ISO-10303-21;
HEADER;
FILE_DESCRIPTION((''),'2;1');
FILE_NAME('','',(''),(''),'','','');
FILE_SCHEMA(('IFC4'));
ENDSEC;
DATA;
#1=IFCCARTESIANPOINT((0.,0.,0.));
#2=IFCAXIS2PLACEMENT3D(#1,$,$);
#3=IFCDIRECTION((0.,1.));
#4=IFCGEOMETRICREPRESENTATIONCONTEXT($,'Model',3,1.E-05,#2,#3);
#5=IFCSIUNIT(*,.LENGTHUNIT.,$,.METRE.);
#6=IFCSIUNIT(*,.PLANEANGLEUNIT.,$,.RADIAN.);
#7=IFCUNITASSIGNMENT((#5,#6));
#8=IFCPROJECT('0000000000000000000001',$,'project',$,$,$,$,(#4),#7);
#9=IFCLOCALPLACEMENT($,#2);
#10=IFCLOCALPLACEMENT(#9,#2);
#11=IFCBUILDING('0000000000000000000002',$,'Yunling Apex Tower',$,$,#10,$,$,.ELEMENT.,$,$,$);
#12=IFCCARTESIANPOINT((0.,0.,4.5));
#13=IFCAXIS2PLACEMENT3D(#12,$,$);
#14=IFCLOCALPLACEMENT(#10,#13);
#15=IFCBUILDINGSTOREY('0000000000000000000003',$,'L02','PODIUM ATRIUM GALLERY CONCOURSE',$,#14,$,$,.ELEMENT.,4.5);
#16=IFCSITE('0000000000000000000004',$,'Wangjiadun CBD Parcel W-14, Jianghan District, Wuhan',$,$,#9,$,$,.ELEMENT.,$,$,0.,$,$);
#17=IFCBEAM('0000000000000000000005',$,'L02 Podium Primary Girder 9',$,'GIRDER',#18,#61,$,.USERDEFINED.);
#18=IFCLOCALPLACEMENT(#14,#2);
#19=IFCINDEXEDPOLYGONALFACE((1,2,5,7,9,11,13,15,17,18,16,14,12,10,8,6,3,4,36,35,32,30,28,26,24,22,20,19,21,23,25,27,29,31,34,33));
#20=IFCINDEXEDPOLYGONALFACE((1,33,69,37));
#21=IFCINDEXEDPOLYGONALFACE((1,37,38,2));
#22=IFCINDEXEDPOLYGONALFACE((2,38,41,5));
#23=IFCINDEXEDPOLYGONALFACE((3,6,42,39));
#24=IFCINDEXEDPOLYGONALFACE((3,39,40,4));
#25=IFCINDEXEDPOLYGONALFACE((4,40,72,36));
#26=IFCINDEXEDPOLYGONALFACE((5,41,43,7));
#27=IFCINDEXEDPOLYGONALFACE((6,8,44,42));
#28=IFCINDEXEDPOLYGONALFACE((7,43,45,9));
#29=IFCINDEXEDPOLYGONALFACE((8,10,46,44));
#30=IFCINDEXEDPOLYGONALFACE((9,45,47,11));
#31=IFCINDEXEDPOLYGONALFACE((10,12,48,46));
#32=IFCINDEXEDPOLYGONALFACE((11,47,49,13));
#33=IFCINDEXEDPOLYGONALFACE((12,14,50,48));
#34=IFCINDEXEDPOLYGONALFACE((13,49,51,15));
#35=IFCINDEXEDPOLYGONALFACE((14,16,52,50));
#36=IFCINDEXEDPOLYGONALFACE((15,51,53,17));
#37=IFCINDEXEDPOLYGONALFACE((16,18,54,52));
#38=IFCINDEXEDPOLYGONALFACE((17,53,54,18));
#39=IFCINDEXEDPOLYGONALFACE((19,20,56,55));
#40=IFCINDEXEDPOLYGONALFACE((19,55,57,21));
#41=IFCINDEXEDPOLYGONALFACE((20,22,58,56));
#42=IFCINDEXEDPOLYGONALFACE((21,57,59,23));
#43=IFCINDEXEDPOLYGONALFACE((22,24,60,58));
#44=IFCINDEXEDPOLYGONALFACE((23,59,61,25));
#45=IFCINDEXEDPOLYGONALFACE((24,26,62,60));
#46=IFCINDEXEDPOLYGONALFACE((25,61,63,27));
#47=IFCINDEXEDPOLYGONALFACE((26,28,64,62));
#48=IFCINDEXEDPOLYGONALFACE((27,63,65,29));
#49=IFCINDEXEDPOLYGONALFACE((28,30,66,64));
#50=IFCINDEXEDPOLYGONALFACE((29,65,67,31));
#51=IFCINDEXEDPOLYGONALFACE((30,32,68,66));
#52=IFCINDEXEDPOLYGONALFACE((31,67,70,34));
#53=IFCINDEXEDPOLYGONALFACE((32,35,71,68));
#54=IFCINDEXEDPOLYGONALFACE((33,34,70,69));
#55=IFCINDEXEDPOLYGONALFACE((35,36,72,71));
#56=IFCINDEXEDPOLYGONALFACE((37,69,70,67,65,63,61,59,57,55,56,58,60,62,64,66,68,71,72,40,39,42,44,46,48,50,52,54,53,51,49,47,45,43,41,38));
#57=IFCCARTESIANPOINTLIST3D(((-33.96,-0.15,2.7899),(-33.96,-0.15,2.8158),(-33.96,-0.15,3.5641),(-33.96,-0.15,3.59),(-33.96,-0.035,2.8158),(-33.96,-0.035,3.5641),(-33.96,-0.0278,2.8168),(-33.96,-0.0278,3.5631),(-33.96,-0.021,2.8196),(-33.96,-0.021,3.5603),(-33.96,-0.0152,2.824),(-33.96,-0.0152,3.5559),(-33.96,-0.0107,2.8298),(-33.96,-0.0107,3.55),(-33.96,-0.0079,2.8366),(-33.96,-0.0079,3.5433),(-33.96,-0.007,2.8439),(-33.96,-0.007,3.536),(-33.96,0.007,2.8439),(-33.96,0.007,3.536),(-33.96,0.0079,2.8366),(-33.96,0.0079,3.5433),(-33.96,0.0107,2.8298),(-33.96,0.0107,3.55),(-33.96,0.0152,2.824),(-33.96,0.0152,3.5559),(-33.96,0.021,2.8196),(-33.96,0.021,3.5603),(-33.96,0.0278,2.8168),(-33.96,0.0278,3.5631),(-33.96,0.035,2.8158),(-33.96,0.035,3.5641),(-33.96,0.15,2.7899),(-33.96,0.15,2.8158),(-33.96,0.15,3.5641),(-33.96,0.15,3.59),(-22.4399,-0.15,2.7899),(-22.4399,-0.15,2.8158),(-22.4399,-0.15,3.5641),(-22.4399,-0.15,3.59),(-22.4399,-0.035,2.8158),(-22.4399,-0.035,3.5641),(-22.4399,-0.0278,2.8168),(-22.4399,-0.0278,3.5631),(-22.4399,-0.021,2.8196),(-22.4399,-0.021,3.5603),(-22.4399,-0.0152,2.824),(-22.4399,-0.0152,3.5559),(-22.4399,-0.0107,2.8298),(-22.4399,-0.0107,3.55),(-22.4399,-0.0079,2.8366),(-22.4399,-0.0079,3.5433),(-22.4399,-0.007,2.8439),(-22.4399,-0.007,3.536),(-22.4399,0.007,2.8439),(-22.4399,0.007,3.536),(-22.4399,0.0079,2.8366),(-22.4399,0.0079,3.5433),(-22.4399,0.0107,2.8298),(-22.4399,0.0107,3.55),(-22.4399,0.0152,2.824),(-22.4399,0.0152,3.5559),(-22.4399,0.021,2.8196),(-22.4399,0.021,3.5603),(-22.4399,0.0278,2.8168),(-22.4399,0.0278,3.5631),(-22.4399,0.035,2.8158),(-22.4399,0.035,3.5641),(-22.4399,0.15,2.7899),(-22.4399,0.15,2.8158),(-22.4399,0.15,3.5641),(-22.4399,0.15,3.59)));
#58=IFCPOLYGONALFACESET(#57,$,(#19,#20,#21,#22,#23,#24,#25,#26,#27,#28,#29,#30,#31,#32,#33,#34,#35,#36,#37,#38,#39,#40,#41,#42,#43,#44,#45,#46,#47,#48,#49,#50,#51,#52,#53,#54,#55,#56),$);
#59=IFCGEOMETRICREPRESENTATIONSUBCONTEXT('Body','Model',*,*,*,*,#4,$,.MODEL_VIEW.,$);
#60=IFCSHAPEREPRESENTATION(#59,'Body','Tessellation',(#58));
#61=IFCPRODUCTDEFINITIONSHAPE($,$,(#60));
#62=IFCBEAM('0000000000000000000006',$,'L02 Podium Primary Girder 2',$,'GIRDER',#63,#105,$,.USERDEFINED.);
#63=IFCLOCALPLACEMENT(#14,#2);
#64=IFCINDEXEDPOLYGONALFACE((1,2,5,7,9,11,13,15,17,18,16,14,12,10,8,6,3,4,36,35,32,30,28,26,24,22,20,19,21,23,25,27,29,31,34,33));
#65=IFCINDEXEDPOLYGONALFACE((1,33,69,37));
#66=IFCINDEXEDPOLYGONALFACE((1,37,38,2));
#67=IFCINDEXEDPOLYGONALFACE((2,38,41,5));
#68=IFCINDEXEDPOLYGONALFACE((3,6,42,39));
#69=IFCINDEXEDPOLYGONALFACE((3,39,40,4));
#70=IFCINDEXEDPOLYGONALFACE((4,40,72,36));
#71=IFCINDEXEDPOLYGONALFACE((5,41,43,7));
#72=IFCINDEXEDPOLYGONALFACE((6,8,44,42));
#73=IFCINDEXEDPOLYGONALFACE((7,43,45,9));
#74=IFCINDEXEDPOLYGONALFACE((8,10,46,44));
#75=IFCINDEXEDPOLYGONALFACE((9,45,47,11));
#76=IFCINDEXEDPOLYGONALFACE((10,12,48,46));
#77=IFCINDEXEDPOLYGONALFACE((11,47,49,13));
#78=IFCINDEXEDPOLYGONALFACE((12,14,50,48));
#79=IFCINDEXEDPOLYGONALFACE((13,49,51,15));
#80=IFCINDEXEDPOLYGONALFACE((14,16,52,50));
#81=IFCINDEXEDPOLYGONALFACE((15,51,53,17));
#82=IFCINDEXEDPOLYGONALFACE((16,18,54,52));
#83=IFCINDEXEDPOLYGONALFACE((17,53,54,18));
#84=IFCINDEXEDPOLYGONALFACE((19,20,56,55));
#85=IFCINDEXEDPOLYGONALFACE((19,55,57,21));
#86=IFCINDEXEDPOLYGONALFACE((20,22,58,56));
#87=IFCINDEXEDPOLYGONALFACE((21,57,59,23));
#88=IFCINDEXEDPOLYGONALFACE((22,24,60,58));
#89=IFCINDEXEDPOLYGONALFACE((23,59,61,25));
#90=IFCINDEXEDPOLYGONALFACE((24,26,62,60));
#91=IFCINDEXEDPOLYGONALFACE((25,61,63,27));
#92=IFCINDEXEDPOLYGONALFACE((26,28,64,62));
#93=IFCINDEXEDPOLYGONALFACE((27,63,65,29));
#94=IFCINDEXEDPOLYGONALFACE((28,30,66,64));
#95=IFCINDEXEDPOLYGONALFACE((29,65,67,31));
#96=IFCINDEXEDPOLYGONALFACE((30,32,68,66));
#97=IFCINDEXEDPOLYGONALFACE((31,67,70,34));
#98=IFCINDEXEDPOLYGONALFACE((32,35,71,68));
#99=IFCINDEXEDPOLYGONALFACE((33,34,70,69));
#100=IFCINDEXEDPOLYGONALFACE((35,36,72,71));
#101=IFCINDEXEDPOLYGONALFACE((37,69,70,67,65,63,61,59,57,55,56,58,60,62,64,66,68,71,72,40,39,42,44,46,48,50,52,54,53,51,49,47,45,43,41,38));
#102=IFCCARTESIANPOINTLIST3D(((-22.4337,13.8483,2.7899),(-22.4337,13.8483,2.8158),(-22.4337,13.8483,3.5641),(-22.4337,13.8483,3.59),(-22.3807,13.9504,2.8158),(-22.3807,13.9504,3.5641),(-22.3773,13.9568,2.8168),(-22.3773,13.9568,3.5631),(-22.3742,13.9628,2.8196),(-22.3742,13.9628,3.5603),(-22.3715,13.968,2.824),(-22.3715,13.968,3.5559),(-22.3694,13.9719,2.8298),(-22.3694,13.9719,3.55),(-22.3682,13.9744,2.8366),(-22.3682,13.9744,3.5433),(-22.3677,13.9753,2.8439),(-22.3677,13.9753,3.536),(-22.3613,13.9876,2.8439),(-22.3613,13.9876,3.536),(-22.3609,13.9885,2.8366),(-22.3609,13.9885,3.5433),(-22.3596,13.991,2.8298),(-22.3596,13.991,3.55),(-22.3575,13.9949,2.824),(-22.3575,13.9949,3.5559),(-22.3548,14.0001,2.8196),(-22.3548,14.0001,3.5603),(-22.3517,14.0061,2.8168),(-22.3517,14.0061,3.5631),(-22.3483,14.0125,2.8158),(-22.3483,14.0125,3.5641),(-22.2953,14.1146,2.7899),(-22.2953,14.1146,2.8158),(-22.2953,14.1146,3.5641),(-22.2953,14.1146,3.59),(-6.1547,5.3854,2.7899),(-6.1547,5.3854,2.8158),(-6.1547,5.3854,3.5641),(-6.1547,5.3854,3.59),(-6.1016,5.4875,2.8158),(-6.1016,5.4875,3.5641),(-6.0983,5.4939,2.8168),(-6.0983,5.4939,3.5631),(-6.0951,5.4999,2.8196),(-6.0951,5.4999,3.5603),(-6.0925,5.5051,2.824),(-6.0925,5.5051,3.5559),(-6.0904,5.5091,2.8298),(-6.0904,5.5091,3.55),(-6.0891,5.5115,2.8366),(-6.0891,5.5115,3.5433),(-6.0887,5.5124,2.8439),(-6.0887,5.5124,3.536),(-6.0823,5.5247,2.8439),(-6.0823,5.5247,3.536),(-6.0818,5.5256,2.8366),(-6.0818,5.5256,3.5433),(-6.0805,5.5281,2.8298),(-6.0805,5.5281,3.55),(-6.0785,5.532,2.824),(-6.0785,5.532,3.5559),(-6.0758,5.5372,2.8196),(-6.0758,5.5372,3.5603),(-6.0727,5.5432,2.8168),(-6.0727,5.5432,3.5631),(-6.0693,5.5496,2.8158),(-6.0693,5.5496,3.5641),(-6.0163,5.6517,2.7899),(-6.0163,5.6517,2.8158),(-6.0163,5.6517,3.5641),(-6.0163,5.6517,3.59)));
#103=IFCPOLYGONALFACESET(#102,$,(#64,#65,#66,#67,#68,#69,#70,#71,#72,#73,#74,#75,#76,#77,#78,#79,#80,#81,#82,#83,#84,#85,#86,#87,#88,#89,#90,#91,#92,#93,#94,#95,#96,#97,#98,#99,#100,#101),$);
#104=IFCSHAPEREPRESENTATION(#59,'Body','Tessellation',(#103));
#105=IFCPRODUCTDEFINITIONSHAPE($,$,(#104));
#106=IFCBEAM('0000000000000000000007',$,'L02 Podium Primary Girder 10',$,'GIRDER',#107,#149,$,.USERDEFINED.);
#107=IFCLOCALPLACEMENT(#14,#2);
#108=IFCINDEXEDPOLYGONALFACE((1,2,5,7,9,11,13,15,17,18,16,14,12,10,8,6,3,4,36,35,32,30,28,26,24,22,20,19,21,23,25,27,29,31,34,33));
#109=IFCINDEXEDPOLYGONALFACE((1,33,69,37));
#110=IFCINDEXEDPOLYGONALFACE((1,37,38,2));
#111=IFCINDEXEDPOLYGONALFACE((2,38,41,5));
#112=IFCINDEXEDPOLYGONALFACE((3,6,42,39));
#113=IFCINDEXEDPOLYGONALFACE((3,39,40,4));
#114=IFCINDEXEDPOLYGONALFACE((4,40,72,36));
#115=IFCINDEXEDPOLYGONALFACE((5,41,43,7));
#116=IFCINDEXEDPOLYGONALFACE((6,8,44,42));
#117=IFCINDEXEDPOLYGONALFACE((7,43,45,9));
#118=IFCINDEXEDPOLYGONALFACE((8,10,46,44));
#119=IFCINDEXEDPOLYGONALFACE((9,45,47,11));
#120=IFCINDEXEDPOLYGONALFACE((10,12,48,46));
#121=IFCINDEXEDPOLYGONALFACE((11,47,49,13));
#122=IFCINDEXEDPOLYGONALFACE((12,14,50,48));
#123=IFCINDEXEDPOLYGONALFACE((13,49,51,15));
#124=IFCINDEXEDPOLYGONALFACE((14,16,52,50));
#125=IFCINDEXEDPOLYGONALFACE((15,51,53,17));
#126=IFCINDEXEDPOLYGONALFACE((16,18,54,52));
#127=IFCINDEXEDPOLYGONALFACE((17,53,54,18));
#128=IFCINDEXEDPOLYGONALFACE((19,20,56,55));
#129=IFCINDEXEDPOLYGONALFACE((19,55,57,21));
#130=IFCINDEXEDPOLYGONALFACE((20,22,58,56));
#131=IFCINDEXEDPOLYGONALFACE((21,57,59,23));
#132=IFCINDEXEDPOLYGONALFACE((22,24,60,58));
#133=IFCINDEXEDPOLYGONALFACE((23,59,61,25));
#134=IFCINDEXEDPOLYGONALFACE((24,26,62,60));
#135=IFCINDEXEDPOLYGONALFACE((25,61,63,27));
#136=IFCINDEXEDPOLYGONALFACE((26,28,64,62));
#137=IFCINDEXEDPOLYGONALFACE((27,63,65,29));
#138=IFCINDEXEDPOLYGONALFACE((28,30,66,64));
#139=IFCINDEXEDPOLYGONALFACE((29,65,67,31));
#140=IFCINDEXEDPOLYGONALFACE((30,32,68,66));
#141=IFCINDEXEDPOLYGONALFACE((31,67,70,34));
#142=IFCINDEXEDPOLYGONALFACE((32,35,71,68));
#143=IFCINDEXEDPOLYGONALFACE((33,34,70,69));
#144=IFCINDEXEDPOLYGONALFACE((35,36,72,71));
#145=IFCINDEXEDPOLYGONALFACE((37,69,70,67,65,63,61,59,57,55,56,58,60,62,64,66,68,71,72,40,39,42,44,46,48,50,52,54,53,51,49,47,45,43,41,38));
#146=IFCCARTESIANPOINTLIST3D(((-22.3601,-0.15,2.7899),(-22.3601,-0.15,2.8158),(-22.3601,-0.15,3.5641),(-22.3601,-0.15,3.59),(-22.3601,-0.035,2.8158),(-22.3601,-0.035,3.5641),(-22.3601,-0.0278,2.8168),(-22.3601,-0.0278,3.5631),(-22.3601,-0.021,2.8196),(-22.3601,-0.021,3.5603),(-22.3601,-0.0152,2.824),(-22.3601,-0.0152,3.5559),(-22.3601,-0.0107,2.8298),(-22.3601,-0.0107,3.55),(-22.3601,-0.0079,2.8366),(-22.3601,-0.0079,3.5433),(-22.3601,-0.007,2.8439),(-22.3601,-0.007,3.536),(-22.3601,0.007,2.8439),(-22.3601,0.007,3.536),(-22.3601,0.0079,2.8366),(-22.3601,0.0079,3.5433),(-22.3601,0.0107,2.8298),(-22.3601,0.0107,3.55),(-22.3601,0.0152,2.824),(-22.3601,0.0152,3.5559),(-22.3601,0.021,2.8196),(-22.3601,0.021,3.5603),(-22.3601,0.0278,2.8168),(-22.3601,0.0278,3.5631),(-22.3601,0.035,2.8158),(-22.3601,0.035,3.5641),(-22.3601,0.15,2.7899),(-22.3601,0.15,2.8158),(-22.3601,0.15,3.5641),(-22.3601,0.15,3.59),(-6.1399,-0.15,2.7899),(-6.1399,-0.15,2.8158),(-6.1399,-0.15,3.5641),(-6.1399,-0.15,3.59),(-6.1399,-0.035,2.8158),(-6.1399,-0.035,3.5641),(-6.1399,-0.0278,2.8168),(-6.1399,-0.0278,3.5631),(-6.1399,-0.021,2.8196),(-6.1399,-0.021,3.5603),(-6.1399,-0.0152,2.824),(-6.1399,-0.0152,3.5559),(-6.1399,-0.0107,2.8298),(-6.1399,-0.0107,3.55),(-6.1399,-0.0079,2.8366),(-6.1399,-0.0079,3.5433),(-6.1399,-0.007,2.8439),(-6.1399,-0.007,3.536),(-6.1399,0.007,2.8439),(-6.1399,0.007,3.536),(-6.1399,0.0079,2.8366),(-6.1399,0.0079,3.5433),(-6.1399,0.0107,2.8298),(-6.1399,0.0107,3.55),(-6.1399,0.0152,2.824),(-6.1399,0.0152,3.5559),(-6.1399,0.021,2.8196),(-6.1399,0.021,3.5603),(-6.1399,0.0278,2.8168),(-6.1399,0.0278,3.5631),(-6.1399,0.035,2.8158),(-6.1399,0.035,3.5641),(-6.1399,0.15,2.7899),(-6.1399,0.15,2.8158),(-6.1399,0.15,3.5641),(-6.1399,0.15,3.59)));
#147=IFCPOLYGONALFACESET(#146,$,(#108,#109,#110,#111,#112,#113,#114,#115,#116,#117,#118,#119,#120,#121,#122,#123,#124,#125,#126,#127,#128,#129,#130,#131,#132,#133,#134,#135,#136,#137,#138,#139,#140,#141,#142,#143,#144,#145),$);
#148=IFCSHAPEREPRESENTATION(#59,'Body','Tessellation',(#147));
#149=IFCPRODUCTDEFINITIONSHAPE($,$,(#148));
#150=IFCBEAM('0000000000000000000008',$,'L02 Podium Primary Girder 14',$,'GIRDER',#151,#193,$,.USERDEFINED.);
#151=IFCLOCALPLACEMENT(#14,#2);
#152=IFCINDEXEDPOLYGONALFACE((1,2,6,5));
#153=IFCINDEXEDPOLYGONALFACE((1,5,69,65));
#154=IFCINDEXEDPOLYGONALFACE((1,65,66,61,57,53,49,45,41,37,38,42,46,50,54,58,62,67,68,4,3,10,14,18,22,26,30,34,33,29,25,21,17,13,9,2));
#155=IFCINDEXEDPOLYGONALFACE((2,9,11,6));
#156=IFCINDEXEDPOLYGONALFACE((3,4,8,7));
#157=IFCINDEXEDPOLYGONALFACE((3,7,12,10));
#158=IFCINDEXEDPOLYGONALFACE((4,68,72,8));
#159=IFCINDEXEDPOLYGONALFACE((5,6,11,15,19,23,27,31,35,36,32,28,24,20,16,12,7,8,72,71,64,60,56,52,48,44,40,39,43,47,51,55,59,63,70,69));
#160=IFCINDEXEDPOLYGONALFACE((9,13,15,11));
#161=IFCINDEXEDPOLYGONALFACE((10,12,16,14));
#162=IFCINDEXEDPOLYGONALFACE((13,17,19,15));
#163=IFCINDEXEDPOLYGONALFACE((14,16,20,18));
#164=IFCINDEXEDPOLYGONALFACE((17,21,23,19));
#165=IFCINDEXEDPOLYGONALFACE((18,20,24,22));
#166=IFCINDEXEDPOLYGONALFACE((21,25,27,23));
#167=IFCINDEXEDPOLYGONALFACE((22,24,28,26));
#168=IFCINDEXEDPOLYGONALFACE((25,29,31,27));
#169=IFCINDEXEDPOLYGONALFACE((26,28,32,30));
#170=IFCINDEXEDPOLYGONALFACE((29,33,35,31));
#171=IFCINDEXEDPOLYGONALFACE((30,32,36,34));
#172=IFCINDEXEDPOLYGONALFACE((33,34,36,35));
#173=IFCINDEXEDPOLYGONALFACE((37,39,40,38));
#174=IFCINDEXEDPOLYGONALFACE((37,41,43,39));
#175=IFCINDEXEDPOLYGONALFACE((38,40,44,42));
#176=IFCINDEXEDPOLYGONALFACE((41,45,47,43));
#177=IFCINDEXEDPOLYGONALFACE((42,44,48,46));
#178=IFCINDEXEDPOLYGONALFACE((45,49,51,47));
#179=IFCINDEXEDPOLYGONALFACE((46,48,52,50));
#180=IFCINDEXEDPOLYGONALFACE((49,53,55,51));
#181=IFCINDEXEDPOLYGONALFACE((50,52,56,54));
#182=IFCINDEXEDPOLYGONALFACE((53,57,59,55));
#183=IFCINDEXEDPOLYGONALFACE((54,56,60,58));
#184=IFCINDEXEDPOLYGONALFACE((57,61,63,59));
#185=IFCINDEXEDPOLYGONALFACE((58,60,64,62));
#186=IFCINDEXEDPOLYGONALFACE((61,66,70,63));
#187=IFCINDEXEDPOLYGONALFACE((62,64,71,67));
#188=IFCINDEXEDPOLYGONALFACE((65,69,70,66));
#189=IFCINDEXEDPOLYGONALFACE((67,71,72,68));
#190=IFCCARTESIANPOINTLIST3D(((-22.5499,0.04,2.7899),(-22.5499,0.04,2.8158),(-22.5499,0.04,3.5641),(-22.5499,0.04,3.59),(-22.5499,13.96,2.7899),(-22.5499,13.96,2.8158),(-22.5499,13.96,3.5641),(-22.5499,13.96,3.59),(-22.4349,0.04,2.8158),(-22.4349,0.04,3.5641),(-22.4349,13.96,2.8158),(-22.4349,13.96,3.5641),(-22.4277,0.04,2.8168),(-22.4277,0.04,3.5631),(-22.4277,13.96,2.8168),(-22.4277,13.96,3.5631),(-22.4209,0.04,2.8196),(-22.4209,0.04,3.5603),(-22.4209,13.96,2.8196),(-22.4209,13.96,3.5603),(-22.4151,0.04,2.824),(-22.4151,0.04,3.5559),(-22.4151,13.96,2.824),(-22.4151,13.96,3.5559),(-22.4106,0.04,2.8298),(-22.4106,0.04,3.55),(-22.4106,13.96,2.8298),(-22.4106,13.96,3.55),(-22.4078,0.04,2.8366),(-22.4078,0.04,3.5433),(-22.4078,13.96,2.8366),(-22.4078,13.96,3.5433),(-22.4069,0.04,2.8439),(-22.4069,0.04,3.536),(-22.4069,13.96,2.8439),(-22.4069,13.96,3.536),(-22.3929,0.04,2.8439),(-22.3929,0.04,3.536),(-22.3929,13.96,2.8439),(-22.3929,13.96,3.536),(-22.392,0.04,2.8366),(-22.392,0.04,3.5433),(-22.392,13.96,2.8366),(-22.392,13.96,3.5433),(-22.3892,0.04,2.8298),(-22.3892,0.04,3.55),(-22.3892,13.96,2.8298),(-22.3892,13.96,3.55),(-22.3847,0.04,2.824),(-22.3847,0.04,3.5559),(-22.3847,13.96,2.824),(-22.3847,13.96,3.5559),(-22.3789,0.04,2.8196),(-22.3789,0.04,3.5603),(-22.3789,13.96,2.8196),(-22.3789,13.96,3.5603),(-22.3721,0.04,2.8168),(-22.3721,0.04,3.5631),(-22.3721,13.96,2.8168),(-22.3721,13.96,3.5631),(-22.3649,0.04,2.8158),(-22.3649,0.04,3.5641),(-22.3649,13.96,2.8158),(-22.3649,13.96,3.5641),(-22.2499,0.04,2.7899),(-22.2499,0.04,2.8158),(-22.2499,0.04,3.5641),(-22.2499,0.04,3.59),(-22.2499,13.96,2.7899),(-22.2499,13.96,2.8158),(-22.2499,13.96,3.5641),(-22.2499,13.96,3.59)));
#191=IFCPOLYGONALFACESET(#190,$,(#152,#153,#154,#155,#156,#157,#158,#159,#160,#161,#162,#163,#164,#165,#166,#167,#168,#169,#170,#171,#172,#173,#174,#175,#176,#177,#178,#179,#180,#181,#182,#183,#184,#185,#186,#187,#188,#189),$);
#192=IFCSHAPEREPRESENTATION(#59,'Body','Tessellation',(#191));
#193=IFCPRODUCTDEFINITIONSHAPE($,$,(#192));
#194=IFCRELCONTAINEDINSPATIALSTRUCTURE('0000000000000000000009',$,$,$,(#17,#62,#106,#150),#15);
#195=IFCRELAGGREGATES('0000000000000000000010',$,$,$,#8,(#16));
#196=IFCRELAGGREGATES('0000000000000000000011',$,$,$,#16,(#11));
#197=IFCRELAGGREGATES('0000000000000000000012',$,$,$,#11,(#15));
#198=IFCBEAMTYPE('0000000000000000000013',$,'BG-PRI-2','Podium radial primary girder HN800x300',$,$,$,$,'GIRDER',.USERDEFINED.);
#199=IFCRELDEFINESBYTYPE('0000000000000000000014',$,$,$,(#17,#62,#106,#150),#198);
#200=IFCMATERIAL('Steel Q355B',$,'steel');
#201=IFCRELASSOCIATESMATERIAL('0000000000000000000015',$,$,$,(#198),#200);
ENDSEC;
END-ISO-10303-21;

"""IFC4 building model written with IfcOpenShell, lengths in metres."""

from ifc_helpers import new_model, si_unit, direction, frame, origin, origin_2d, place, context, subcontext, project, spatial, i_section, extrude, source, transform, mapped, material, material_profile, profile_set, type_object, element, save


model = new_model("IFC4")

# Units and contexts
model_context = context("Model", 3, precision=1e-05, world=origin(), true_north=direction((0.0, 1.0)))
body_context = subcontext(model_context, "Body", "Model", "MODEL_VIEW")
ifc_project = project(units=[si_unit("LENGTHUNIT", "METRE"), si_unit("PLANEANGLEUNIT", "RADIAN")], contexts=[model_context])

# Site, building, storey
site_placement = place(None, origin())
site = spatial("IfcSite", under=ifc_project, at=site_placement, Name="Wangjiadun CBD Parcel W-14, Jianghan District, Wuhan", CompositionType="ELEMENT", RefElevation=0.0)
building_placement = place(site_placement, origin())
building = spatial("IfcBuilding", under=site, at=building_placement, Name="Yunling Apex Tower", CompositionType="ELEMENT")
storey_placement = place(building_placement, frame((0.0, 0.0, 4.5)))
storey = spatial("IfcBuildingStorey", under=building, at=storey_placement, Name="L02", Description="PODIUM ATRIUM GALLERY CONCOURSE", CompositionType="ELEMENT", Elevation=4.5)

# Beams
ifc_material_1 = material(Name="Steel Q355B", Category="steel")
ifc_material_profile_1 = material_profile(ifc_material_1, i_section(OverallWidth=0.3, OverallDepth=0.8, WebThickness=0.0139, FlangeThickness=0.0259, FilletRadius=0.0281, at=origin_2d()))
ifc_profile_set_1 = profile_set([ifc_material_profile_1], Name="Steel Q355B")
beam_type_1 = type_object("IfcBeamType", Name="BG-PRI-2", Description="Podium radial primary girder HN800x300", ElementType="GIRDER", PredefinedType="USERDEFINED", material=ifc_profile_set_1)
shared_shape_1 = source(origin(), body_context, "Body", "SweptSolid", [
    extrude(i_section(OverallWidth=0.3, OverallDepth=0.8, WebThickness=0.0139, FlangeThickness=0.0259, FilletRadius=0.0281, at=origin_2d()), origin(), (0.0, 0.0, 1.0), 11.52),
])
beam_1_placement = place(storey_placement, frame((-33.96, 0.0, 3.1899), z_axis=(1.0, 0.0, 0.0), x_axis=(0.0, 1.0, 0.0)))
element("IfcBeam", 1, at=beam_1_placement, inside=storey, type_object=beam_type_1, Name="L02 Podium Primary Girder 9", ObjectType="GIRDER", PredefinedType="USERDEFINED", context=body_context, shape_type="MappedRepresentation", body=[
    mapped(shared_shape_1, transform((0.0, 0.0, 0.0), scale=1.0)),
])
shared_shape_2 = source(origin(), body_context, "Body", "SweptSolid", [
    extrude(i_section(OverallWidth=0.3, OverallDepth=0.8, WebThickness=0.0139, FlangeThickness=0.0259, FilletRadius=0.0281, at=origin_2d()), origin(), (0.0, 0.0, 1.0), 18.3474),
])
beam_2_placement = place(storey_placement, frame((-22.3645, 13.9814, 3.1899), z_axis=(0.887266, -0.461258, 0.0), x_axis=(0.461258, 0.887266, 0.0)))
element("IfcBeam", 2, at=beam_2_placement, inside=storey, type_object=beam_type_1, Name="L02 Podium Primary Girder 2", ObjectType="GIRDER", PredefinedType="USERDEFINED", context=body_context, shape_type="MappedRepresentation", body=[
    mapped(shared_shape_2, transform((0.0, 0.0, 0.0), scale=1.0)),
])
shared_shape_3 = source(origin(), body_context, "Body", "SweptSolid", [
    extrude(i_section(OverallWidth=0.3, OverallDepth=0.8, WebThickness=0.0139, FlangeThickness=0.0259, FilletRadius=0.0281, at=origin_2d()), origin(), (0.0, 0.0, 1.0), 16.2202),
])
beam_3_placement = place(storey_placement, frame((-22.3601, 0.0, 3.1899), z_axis=(1.0, 0.0, 0.0), x_axis=(0.0, 1.0, 0.0)))
element("IfcBeam", 3, at=beam_3_placement, inside=storey, type_object=beam_type_1, Name="L02 Podium Primary Girder 10", ObjectType="GIRDER", PredefinedType="USERDEFINED", context=body_context, shape_type="MappedRepresentation", body=[
    mapped(shared_shape_3, transform((0.0, 0.0, 0.0), scale=1.0)),
])
shared_shape_4 = source(origin(), body_context, "Body", "SweptSolid", [
    extrude(i_section(OverallWidth=0.3, OverallDepth=0.8, WebThickness=0.0139, FlangeThickness=0.0259, FilletRadius=0.0281, at=origin_2d()), origin(), (0.0, 0.0, 1.0), 13.9199),
])
for number, where, z_axis, x_axis, name in (
    (4, (-22.3999, 13.96, 3.1899), (0.0, -1.0, 0.0), (1.0, 0.0, 0.0), "L02 Podium Primary Girder 14"),
):
    element("IfcBeam", number, at=place(storey_placement, frame(where, z_axis=z_axis, x_axis=x_axis)), inside=storey, type_object=beam_type_1, Name=name, ObjectType="GIRDER", PredefinedType="USERDEFINED", context=body_context, shape_type="MappedRepresentation", body=[
        mapped(shared_shape_4, transform((0.0, 0.0, 0.0), scale=1.0)),
    ])

save(model, "model.ifc")
